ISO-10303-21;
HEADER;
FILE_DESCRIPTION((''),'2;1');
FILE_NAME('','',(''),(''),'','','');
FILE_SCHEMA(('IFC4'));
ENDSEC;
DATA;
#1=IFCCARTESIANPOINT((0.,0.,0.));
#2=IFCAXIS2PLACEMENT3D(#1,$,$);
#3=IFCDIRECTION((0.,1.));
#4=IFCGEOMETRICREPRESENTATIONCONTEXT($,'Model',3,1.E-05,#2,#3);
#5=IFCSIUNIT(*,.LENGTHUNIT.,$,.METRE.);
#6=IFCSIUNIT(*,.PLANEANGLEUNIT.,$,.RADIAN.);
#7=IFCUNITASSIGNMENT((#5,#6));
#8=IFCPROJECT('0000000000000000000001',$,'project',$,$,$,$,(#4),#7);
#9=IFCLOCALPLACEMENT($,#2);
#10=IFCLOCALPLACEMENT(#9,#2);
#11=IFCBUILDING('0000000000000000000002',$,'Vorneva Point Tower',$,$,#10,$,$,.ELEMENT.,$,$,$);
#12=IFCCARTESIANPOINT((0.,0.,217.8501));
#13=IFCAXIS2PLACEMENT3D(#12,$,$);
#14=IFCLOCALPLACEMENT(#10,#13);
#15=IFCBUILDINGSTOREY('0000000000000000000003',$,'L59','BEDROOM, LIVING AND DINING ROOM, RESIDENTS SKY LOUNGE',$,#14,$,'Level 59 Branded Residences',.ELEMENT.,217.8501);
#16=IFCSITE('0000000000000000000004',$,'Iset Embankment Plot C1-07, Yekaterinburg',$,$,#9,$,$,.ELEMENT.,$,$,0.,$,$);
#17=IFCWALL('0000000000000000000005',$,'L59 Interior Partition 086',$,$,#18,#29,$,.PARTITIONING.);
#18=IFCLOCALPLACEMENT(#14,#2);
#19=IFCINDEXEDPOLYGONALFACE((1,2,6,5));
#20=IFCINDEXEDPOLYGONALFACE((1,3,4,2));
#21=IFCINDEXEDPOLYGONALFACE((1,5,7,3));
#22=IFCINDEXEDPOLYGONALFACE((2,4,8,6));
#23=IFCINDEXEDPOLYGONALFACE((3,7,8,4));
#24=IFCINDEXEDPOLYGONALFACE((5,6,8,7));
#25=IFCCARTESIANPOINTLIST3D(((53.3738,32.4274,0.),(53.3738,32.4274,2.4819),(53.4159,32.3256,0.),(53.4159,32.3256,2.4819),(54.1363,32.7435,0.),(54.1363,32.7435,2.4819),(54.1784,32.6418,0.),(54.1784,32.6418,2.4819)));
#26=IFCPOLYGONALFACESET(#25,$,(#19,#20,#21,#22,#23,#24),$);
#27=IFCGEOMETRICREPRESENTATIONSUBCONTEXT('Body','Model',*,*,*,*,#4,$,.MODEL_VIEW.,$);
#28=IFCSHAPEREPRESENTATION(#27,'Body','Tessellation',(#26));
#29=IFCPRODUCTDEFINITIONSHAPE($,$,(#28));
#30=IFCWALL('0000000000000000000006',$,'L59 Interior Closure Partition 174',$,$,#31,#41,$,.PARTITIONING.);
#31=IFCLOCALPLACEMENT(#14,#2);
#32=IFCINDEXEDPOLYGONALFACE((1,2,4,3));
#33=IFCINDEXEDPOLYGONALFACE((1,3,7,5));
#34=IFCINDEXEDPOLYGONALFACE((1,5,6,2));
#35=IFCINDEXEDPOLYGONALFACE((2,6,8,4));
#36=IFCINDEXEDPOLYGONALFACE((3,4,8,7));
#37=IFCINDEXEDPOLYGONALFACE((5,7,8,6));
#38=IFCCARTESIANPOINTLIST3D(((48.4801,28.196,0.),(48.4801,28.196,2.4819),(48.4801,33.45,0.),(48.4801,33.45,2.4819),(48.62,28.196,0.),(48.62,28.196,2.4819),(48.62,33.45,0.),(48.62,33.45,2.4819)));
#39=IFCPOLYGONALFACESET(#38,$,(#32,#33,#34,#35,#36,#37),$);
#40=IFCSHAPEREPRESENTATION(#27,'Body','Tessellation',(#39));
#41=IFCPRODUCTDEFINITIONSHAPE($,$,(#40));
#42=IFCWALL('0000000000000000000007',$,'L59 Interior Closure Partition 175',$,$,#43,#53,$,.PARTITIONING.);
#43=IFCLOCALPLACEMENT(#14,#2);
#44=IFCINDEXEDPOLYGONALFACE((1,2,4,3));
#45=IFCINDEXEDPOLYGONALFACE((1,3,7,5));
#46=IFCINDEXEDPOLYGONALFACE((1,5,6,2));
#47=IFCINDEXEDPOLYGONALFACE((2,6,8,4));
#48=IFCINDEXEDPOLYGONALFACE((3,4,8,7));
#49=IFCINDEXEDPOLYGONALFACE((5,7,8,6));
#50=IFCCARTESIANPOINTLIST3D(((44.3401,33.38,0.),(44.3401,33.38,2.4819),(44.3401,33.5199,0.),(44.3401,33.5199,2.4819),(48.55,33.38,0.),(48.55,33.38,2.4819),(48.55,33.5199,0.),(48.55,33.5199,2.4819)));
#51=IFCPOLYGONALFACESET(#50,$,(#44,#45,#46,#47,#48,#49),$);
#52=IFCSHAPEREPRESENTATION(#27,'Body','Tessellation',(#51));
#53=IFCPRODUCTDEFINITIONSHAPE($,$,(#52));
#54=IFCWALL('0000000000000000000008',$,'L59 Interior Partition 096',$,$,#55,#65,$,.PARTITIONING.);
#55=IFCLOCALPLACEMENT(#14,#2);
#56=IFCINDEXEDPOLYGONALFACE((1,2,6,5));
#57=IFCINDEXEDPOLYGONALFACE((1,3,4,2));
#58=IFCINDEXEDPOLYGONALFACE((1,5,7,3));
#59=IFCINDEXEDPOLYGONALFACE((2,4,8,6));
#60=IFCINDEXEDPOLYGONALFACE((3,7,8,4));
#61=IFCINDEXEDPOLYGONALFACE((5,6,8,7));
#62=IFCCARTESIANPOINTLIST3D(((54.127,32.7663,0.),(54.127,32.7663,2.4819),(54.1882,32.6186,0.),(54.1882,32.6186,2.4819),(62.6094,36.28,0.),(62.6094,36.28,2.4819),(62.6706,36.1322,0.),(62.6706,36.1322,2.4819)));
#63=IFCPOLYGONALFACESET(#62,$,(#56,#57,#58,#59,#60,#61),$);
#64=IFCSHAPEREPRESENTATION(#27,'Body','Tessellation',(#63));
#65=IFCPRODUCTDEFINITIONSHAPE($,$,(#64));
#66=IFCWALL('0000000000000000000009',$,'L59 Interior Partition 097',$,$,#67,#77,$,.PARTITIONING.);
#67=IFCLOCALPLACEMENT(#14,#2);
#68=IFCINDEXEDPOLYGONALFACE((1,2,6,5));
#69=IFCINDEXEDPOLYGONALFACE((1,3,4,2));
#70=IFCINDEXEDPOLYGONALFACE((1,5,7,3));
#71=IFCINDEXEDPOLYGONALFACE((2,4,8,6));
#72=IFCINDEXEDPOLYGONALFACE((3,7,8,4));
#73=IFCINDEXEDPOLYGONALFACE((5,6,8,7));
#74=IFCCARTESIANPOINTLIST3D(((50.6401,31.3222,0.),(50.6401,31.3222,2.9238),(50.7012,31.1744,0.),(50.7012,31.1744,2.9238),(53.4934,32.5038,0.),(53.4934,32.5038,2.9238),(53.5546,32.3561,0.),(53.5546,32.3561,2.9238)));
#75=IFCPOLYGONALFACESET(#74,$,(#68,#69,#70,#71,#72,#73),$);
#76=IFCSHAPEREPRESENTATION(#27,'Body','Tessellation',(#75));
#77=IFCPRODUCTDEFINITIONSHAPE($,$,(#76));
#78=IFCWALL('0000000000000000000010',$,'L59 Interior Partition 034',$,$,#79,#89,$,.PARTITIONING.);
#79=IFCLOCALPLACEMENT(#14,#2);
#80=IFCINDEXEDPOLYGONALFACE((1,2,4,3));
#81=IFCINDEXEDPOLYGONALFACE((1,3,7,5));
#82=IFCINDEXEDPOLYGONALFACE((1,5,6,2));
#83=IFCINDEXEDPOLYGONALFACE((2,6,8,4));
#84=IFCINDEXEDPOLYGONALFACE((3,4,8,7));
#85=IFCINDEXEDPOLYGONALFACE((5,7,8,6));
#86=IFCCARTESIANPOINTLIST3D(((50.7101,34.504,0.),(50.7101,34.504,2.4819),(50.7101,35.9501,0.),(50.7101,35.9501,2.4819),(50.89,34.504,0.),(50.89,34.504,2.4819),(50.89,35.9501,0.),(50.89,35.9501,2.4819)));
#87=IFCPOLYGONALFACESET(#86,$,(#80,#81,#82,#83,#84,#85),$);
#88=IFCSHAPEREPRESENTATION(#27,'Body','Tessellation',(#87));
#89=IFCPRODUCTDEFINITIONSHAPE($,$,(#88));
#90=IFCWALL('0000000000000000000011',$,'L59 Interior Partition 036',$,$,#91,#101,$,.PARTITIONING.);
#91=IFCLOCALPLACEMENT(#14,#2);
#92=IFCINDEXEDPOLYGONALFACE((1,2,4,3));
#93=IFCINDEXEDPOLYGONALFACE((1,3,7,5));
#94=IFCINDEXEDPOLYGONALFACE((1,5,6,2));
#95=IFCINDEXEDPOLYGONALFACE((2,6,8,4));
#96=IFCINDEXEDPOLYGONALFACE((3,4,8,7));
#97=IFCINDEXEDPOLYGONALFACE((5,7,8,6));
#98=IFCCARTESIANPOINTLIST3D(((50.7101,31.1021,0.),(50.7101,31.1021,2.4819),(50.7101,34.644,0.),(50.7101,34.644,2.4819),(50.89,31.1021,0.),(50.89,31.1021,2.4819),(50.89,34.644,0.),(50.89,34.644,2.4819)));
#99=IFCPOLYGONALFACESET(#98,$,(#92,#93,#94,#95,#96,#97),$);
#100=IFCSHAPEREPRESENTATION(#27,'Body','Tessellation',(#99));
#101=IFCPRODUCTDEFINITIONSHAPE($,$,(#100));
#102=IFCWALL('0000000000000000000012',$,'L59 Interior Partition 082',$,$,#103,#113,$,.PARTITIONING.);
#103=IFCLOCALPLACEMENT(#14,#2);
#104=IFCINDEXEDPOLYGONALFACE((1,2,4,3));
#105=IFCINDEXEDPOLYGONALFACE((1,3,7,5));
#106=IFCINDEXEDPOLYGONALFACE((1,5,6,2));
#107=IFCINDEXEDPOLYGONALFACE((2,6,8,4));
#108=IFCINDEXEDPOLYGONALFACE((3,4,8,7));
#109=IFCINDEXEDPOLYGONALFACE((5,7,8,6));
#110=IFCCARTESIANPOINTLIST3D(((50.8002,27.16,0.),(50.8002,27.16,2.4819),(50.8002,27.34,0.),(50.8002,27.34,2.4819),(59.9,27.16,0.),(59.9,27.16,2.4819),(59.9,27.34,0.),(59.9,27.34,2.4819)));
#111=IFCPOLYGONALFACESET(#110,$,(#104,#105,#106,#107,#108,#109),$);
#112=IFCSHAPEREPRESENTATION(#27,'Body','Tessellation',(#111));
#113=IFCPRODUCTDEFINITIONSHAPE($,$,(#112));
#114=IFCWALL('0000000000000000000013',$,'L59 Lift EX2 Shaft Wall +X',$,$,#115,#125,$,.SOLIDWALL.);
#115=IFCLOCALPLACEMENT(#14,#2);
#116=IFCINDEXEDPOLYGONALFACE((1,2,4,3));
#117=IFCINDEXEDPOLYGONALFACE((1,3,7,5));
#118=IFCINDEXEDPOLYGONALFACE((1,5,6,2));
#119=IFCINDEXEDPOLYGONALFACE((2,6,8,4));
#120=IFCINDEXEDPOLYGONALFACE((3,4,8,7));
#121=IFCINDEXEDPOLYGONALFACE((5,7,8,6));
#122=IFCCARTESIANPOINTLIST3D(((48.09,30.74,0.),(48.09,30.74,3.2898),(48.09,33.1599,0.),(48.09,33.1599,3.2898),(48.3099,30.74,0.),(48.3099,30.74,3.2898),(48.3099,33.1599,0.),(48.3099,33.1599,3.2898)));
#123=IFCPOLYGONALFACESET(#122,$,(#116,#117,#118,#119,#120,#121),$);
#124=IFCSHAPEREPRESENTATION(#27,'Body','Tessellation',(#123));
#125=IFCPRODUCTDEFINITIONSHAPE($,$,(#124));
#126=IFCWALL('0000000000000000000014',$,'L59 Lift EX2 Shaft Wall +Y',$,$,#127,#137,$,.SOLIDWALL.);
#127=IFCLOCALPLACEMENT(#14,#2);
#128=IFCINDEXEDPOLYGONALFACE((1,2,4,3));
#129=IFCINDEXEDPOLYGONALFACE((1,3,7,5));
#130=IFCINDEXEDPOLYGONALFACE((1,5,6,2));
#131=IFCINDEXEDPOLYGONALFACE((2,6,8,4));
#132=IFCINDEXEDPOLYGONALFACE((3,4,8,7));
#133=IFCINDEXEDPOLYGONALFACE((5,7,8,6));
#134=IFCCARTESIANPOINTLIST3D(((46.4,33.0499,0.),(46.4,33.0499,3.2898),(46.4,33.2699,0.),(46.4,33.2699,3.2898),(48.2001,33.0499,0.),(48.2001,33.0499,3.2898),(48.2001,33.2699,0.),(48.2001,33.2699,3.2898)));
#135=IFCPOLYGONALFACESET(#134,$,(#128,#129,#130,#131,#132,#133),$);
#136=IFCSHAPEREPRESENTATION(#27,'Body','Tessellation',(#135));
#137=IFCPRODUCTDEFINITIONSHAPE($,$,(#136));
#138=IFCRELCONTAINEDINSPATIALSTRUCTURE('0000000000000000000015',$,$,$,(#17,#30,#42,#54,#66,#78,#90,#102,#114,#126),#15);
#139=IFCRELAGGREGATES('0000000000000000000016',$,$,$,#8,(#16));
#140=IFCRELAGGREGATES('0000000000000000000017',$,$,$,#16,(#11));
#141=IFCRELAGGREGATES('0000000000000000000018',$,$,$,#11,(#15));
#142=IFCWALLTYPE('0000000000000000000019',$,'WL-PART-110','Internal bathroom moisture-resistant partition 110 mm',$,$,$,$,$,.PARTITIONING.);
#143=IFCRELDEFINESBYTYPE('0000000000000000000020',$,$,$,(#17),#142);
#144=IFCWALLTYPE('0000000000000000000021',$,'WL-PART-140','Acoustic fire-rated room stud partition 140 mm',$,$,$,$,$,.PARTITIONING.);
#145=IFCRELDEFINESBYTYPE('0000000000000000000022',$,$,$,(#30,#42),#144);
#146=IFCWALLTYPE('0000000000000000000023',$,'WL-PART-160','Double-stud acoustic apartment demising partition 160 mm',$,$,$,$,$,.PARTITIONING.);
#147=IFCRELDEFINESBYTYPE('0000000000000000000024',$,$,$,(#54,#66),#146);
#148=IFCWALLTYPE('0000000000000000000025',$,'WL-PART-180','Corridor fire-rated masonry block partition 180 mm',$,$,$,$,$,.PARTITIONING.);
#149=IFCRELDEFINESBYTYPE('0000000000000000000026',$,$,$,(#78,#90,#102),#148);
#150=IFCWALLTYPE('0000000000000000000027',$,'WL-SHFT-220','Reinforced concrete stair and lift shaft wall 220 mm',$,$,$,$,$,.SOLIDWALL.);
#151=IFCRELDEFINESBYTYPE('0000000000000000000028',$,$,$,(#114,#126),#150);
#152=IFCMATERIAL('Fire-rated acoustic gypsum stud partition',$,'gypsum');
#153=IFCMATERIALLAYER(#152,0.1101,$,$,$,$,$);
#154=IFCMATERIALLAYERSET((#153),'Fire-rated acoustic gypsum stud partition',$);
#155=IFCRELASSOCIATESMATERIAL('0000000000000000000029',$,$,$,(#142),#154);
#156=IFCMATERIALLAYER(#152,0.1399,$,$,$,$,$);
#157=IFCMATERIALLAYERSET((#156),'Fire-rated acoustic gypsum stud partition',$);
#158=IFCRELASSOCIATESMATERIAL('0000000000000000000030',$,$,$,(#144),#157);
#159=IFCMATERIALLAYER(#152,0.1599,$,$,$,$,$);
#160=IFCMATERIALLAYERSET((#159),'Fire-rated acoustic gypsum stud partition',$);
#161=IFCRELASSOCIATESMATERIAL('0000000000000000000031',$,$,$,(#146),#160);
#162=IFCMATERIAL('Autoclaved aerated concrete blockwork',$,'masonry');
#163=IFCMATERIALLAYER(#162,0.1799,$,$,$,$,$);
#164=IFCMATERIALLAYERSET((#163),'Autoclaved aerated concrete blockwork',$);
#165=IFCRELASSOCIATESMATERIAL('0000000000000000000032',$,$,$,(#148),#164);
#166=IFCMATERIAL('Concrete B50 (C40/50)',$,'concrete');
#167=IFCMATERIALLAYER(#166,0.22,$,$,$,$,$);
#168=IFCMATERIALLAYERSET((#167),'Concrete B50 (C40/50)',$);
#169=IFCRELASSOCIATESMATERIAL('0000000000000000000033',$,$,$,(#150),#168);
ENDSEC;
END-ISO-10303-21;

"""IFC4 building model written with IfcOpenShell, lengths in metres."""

from ifc_helpers import new_model, si_unit, direction, frame, frame_2d, origin, place, context, subcontext, project, spatial, rectangle, extrude, material, layer, layer_set, type_object, element, save


model = new_model("IFC4")

# Units and contexts
model_context = context("Model", 3, precision=1e-05, world=origin(), true_north=direction((0.0, 1.0)))
body_context = subcontext(model_context, "Body", "Model", "MODEL_VIEW")
ifc_project = project(units=[si_unit("LENGTHUNIT", "METRE"), si_unit("PLANEANGLEUNIT", "RADIAN")], contexts=[model_context])

# Site, building, storey
site_placement = place(None, origin())
site = spatial("IfcSite", under=ifc_project, at=site_placement, Name="Iset Embankment Plot C1-07, Yekaterinburg", CompositionType="ELEMENT", RefElevation=0.0)
building_placement = place(site_placement, origin())
building = spatial("IfcBuilding", under=site, at=building_placement, Name="Vorneva Point Tower", CompositionType="ELEMENT")
storey_placement = place(building_placement, frame((0.0, 0.0, 217.8501)))
storey = spatial("IfcBuildingStorey", under=building, at=storey_placement, Name="L59", Description="BEDROOM, LIVING AND DINING ROOM, RESIDENTS SKY LOUNGE", LongName="Level 59 Branded Residences", CompositionType="ELEMENT", Elevation=217.8501)

# Shared definitions
ifc_material_1 = material(Name="Concrete B50 (C40/50)", Category="concrete")

# Shared definitions
ifc_material_2 = material(Name="Fire-rated acoustic gypsum stud partition", Category="gypsum")
ifc_layer_1 = layer(ifc_material_2, 0.1101)
ifc_layer_set_1 = layer_set([ifc_layer_1], Name="Fire-rated acoustic gypsum stud partition")
wall_type_1 = type_object("IfcWallType", Name="WL-PART-110", Description="Internal bathroom moisture-resistant partition 110 mm", PredefinedType="PARTITIONING", material=ifc_layer_set_1)

# Walls
wall_1_placement = place(storey_placement, frame((54.1572, 32.6926, 0.0), z_axis=(0.0, 0.0, 1.0), x_axis=(-0.923732, -0.38304, 0.0)))
element("IfcWall", 1, at=wall_1_placement, inside=storey, type_object=wall_type_1, Name="L59 Interior Partition 086", PredefinedType="PARTITIONING", context=body_context, shape_type="SweptSolid", body=[
    extrude(rectangle(XDim=0.8254, YDim=0.1101, at=frame_2d((0.4126, 0.0))), origin(), (0.0, 0.0, 1.0), 2.4819),
])
ifc_layer_2 = layer(ifc_material_2, 0.1399)
ifc_layer_set_2 = layer_set([ifc_layer_2], Name="Fire-rated acoustic gypsum stud partition")
wall_type_2 = type_object("IfcWallType", Name="WL-PART-140", Description="Acoustic fire-rated room stud partition 140 mm", PredefinedType="PARTITIONING", material=ifc_layer_set_2)
wall_2_placement = place(storey_placement, frame((48.55, 28.196, 0.0), z_axis=(0.0, 0.0, 1.0), x_axis=(0.0, 1.0, 0.0)))
element("IfcWall", 2, at=wall_2_placement, inside=storey, type_object=wall_type_2, Name="L59 Interior Closure Partition 174", PredefinedType="PARTITIONING", context=body_context, shape_type="SweptSolid", body=[
    extrude(rectangle(XDim=5.2539, YDim=0.1399, at=frame_2d((2.627, 0.0))), origin(), (0.0, 0.0, 1.0), 2.4819),
])
wall_3_placement = place(storey_placement, frame((48.55, 33.45, 0.0), z_axis=(0.0, 0.0, 1.0), x_axis=(-1.0, 0.0, 0.0)))
element("IfcWall", 3, at=wall_3_placement, inside=storey, type_object=wall_type_2, Name="L59 Interior Closure Partition 175", PredefinedType="PARTITIONING", context=body_context, shape_type="SweptSolid", body=[
    extrude(rectangle(XDim=4.21, YDim=0.1399, at=frame_2d((2.105, 0.0))), origin(), (0.0, 0.0, 1.0), 2.4819),
])
ifc_layer_3 = layer(ifc_material_2, 0.1599)
ifc_layer_set_3 = layer_set([ifc_layer_3], Name="Fire-rated acoustic gypsum stud partition")
wall_type_3 = type_object("IfcWallType", Name="WL-PART-160", Description="Double-stud acoustic apartment demising partition 160 mm", PredefinedType="PARTITIONING", material=ifc_layer_set_3)
wall_4_placement = place(storey_placement, frame((54.1575, 32.6924, 0.0), z_axis=(0.0, 0.0, 1.0), x_axis=(0.923874, 0.382696, 0.0)))
element("IfcWall", 4, at=wall_4_placement, inside=storey, type_object=wall_type_3, Name="L59 Interior Partition 096", PredefinedType="PARTITIONING", context=body_context, shape_type="SweptSolid", body=[
    extrude(rectangle(XDim=9.1814, YDim=0.1599, at=frame_2d((4.5908, 0.0))), origin(), (0.0, 0.0, 1.0), 2.4819),
])
wall_5_placement = place(storey_placement, frame((50.6707, 31.2483, 0.0), z_axis=(0.0, 0.0, 1.0), x_axis=(0.923905, 0.382622, 0.0)))
element("IfcWall", 5, at=wall_5_placement, inside=storey, type_object=wall_type_3, Name="L59 Interior Partition 097", PredefinedType="PARTITIONING", context=body_context, shape_type="SweptSolid", body=[
    extrude(rectangle(XDim=3.0884, YDim=0.1599, at=frame_2d((1.5442, 0.0))), origin(), (0.0, 0.0, 1.0), 2.9238),
])
ifc_material_3 = material(Name="Autoclaved aerated concrete blockwork", Category="masonry")
ifc_layer_4 = layer(ifc_material_3, 0.1799)
ifc_layer_set_4 = layer_set([ifc_layer_4], Name="Autoclaved aerated concrete blockwork")
wall_type_4 = type_object("IfcWallType", Name="WL-PART-180", Description="Corridor fire-rated masonry block partition 180 mm", PredefinedType="PARTITIONING", material=ifc_layer_set_4)
wall_6_placement = place(storey_placement, frame((50.8, 34.5039, 0.0), z_axis=(0.0, 0.0, 1.0), x_axis=(0.0, 1.0, 0.0)))
element("IfcWall", 6, at=wall_6_placement, inside=storey, type_object=wall_type_4, Name="L59 Interior Partition 034", PredefinedType="PARTITIONING", context=body_context, shape_type="SweptSolid", body=[
    extrude(rectangle(XDim=1.446, YDim=0.1799, at=frame_2d((0.7231, 0.0))), origin(), (0.0, 0.0, 1.0), 2.4819),
])
wall_7_placement = place(storey_placement, frame((50.8, 31.1021, 0.0), z_axis=(0.0, 0.0, 1.0), x_axis=(0.0, 1.0, 0.0)))
element("IfcWall", 7, at=wall_7_placement, inside=storey, type_object=wall_type_4, Name="L59 Interior Partition 036", PredefinedType="PARTITIONING", context=body_context, shape_type="SweptSolid", body=[
    extrude(rectangle(XDim=3.542, YDim=0.1799, at=frame_2d((1.771, 0.0))), origin(), (0.0, 0.0, 1.0), 2.4819),
])
wall_8_placement = place(storey_placement, frame((59.8999, 27.25, 0.0), z_axis=(0.0, 0.0, 1.0), x_axis=(-1.0, 0.0, 0.0)))
element("IfcWall", 8, at=wall_8_placement, inside=storey, type_object=wall_type_4, Name="L59 Interior Partition 082", PredefinedType="PARTITIONING", context=body_context, shape_type="SweptSolid", body=[
    extrude(rectangle(XDim=9.0999, YDim=0.1799, at=frame_2d((4.5498, 0.0))), origin(), (0.0, 0.0, 1.0), 2.4819),
])
ifc_layer_5 = layer(ifc_material_1, 0.22)
ifc_layer_set_5 = layer_set([ifc_layer_5], Name="Concrete B50 (C40/50)")
wall_type_5 = type_object("IfcWallType", Name="WL-SHFT-220", Description="Reinforced concrete stair and lift shaft wall 220 mm", PredefinedType="SOLIDWALL", material=ifc_layer_set_5)
wall_9_placement = place(storey_placement, frame((48.2, 30.74, 0.0), z_axis=(0.0, 0.0, 1.0), x_axis=(0.0, 1.0, 0.0)))
element("IfcWall", 9, at=wall_9_placement, inside=storey, type_object=wall_type_5, Name="L59 Lift EX2 Shaft Wall +X", PredefinedType="SOLIDWALL", context=body_context, shape_type="SweptSolid", body=[
    extrude(rectangle(XDim=2.4199, YDim=0.22, at=frame_2d((1.21, 0.0))), origin(), (0.0, 0.0, 1.0), 3.2898),
])
wall_10_placement = place(storey_placement, frame((48.2, 33.1599, 0.0), z_axis=(0.0, 0.0, 1.0), x_axis=(-1.0, 0.0, 0.0)))
element("IfcWall", 10, at=wall_10_placement, inside=storey, type_object=wall_type_5, Name="L59 Lift EX2 Shaft Wall +Y", PredefinedType="SOLIDWALL", context=body_context, shape_type="SweptSolid", body=[
    extrude(rectangle(XDim=1.8, YDim=0.22, at=frame_2d((0.8999, 0.0))), origin(), (0.0, 0.0, 1.0), 3.2898),
])

save(model, "model.ifc")
